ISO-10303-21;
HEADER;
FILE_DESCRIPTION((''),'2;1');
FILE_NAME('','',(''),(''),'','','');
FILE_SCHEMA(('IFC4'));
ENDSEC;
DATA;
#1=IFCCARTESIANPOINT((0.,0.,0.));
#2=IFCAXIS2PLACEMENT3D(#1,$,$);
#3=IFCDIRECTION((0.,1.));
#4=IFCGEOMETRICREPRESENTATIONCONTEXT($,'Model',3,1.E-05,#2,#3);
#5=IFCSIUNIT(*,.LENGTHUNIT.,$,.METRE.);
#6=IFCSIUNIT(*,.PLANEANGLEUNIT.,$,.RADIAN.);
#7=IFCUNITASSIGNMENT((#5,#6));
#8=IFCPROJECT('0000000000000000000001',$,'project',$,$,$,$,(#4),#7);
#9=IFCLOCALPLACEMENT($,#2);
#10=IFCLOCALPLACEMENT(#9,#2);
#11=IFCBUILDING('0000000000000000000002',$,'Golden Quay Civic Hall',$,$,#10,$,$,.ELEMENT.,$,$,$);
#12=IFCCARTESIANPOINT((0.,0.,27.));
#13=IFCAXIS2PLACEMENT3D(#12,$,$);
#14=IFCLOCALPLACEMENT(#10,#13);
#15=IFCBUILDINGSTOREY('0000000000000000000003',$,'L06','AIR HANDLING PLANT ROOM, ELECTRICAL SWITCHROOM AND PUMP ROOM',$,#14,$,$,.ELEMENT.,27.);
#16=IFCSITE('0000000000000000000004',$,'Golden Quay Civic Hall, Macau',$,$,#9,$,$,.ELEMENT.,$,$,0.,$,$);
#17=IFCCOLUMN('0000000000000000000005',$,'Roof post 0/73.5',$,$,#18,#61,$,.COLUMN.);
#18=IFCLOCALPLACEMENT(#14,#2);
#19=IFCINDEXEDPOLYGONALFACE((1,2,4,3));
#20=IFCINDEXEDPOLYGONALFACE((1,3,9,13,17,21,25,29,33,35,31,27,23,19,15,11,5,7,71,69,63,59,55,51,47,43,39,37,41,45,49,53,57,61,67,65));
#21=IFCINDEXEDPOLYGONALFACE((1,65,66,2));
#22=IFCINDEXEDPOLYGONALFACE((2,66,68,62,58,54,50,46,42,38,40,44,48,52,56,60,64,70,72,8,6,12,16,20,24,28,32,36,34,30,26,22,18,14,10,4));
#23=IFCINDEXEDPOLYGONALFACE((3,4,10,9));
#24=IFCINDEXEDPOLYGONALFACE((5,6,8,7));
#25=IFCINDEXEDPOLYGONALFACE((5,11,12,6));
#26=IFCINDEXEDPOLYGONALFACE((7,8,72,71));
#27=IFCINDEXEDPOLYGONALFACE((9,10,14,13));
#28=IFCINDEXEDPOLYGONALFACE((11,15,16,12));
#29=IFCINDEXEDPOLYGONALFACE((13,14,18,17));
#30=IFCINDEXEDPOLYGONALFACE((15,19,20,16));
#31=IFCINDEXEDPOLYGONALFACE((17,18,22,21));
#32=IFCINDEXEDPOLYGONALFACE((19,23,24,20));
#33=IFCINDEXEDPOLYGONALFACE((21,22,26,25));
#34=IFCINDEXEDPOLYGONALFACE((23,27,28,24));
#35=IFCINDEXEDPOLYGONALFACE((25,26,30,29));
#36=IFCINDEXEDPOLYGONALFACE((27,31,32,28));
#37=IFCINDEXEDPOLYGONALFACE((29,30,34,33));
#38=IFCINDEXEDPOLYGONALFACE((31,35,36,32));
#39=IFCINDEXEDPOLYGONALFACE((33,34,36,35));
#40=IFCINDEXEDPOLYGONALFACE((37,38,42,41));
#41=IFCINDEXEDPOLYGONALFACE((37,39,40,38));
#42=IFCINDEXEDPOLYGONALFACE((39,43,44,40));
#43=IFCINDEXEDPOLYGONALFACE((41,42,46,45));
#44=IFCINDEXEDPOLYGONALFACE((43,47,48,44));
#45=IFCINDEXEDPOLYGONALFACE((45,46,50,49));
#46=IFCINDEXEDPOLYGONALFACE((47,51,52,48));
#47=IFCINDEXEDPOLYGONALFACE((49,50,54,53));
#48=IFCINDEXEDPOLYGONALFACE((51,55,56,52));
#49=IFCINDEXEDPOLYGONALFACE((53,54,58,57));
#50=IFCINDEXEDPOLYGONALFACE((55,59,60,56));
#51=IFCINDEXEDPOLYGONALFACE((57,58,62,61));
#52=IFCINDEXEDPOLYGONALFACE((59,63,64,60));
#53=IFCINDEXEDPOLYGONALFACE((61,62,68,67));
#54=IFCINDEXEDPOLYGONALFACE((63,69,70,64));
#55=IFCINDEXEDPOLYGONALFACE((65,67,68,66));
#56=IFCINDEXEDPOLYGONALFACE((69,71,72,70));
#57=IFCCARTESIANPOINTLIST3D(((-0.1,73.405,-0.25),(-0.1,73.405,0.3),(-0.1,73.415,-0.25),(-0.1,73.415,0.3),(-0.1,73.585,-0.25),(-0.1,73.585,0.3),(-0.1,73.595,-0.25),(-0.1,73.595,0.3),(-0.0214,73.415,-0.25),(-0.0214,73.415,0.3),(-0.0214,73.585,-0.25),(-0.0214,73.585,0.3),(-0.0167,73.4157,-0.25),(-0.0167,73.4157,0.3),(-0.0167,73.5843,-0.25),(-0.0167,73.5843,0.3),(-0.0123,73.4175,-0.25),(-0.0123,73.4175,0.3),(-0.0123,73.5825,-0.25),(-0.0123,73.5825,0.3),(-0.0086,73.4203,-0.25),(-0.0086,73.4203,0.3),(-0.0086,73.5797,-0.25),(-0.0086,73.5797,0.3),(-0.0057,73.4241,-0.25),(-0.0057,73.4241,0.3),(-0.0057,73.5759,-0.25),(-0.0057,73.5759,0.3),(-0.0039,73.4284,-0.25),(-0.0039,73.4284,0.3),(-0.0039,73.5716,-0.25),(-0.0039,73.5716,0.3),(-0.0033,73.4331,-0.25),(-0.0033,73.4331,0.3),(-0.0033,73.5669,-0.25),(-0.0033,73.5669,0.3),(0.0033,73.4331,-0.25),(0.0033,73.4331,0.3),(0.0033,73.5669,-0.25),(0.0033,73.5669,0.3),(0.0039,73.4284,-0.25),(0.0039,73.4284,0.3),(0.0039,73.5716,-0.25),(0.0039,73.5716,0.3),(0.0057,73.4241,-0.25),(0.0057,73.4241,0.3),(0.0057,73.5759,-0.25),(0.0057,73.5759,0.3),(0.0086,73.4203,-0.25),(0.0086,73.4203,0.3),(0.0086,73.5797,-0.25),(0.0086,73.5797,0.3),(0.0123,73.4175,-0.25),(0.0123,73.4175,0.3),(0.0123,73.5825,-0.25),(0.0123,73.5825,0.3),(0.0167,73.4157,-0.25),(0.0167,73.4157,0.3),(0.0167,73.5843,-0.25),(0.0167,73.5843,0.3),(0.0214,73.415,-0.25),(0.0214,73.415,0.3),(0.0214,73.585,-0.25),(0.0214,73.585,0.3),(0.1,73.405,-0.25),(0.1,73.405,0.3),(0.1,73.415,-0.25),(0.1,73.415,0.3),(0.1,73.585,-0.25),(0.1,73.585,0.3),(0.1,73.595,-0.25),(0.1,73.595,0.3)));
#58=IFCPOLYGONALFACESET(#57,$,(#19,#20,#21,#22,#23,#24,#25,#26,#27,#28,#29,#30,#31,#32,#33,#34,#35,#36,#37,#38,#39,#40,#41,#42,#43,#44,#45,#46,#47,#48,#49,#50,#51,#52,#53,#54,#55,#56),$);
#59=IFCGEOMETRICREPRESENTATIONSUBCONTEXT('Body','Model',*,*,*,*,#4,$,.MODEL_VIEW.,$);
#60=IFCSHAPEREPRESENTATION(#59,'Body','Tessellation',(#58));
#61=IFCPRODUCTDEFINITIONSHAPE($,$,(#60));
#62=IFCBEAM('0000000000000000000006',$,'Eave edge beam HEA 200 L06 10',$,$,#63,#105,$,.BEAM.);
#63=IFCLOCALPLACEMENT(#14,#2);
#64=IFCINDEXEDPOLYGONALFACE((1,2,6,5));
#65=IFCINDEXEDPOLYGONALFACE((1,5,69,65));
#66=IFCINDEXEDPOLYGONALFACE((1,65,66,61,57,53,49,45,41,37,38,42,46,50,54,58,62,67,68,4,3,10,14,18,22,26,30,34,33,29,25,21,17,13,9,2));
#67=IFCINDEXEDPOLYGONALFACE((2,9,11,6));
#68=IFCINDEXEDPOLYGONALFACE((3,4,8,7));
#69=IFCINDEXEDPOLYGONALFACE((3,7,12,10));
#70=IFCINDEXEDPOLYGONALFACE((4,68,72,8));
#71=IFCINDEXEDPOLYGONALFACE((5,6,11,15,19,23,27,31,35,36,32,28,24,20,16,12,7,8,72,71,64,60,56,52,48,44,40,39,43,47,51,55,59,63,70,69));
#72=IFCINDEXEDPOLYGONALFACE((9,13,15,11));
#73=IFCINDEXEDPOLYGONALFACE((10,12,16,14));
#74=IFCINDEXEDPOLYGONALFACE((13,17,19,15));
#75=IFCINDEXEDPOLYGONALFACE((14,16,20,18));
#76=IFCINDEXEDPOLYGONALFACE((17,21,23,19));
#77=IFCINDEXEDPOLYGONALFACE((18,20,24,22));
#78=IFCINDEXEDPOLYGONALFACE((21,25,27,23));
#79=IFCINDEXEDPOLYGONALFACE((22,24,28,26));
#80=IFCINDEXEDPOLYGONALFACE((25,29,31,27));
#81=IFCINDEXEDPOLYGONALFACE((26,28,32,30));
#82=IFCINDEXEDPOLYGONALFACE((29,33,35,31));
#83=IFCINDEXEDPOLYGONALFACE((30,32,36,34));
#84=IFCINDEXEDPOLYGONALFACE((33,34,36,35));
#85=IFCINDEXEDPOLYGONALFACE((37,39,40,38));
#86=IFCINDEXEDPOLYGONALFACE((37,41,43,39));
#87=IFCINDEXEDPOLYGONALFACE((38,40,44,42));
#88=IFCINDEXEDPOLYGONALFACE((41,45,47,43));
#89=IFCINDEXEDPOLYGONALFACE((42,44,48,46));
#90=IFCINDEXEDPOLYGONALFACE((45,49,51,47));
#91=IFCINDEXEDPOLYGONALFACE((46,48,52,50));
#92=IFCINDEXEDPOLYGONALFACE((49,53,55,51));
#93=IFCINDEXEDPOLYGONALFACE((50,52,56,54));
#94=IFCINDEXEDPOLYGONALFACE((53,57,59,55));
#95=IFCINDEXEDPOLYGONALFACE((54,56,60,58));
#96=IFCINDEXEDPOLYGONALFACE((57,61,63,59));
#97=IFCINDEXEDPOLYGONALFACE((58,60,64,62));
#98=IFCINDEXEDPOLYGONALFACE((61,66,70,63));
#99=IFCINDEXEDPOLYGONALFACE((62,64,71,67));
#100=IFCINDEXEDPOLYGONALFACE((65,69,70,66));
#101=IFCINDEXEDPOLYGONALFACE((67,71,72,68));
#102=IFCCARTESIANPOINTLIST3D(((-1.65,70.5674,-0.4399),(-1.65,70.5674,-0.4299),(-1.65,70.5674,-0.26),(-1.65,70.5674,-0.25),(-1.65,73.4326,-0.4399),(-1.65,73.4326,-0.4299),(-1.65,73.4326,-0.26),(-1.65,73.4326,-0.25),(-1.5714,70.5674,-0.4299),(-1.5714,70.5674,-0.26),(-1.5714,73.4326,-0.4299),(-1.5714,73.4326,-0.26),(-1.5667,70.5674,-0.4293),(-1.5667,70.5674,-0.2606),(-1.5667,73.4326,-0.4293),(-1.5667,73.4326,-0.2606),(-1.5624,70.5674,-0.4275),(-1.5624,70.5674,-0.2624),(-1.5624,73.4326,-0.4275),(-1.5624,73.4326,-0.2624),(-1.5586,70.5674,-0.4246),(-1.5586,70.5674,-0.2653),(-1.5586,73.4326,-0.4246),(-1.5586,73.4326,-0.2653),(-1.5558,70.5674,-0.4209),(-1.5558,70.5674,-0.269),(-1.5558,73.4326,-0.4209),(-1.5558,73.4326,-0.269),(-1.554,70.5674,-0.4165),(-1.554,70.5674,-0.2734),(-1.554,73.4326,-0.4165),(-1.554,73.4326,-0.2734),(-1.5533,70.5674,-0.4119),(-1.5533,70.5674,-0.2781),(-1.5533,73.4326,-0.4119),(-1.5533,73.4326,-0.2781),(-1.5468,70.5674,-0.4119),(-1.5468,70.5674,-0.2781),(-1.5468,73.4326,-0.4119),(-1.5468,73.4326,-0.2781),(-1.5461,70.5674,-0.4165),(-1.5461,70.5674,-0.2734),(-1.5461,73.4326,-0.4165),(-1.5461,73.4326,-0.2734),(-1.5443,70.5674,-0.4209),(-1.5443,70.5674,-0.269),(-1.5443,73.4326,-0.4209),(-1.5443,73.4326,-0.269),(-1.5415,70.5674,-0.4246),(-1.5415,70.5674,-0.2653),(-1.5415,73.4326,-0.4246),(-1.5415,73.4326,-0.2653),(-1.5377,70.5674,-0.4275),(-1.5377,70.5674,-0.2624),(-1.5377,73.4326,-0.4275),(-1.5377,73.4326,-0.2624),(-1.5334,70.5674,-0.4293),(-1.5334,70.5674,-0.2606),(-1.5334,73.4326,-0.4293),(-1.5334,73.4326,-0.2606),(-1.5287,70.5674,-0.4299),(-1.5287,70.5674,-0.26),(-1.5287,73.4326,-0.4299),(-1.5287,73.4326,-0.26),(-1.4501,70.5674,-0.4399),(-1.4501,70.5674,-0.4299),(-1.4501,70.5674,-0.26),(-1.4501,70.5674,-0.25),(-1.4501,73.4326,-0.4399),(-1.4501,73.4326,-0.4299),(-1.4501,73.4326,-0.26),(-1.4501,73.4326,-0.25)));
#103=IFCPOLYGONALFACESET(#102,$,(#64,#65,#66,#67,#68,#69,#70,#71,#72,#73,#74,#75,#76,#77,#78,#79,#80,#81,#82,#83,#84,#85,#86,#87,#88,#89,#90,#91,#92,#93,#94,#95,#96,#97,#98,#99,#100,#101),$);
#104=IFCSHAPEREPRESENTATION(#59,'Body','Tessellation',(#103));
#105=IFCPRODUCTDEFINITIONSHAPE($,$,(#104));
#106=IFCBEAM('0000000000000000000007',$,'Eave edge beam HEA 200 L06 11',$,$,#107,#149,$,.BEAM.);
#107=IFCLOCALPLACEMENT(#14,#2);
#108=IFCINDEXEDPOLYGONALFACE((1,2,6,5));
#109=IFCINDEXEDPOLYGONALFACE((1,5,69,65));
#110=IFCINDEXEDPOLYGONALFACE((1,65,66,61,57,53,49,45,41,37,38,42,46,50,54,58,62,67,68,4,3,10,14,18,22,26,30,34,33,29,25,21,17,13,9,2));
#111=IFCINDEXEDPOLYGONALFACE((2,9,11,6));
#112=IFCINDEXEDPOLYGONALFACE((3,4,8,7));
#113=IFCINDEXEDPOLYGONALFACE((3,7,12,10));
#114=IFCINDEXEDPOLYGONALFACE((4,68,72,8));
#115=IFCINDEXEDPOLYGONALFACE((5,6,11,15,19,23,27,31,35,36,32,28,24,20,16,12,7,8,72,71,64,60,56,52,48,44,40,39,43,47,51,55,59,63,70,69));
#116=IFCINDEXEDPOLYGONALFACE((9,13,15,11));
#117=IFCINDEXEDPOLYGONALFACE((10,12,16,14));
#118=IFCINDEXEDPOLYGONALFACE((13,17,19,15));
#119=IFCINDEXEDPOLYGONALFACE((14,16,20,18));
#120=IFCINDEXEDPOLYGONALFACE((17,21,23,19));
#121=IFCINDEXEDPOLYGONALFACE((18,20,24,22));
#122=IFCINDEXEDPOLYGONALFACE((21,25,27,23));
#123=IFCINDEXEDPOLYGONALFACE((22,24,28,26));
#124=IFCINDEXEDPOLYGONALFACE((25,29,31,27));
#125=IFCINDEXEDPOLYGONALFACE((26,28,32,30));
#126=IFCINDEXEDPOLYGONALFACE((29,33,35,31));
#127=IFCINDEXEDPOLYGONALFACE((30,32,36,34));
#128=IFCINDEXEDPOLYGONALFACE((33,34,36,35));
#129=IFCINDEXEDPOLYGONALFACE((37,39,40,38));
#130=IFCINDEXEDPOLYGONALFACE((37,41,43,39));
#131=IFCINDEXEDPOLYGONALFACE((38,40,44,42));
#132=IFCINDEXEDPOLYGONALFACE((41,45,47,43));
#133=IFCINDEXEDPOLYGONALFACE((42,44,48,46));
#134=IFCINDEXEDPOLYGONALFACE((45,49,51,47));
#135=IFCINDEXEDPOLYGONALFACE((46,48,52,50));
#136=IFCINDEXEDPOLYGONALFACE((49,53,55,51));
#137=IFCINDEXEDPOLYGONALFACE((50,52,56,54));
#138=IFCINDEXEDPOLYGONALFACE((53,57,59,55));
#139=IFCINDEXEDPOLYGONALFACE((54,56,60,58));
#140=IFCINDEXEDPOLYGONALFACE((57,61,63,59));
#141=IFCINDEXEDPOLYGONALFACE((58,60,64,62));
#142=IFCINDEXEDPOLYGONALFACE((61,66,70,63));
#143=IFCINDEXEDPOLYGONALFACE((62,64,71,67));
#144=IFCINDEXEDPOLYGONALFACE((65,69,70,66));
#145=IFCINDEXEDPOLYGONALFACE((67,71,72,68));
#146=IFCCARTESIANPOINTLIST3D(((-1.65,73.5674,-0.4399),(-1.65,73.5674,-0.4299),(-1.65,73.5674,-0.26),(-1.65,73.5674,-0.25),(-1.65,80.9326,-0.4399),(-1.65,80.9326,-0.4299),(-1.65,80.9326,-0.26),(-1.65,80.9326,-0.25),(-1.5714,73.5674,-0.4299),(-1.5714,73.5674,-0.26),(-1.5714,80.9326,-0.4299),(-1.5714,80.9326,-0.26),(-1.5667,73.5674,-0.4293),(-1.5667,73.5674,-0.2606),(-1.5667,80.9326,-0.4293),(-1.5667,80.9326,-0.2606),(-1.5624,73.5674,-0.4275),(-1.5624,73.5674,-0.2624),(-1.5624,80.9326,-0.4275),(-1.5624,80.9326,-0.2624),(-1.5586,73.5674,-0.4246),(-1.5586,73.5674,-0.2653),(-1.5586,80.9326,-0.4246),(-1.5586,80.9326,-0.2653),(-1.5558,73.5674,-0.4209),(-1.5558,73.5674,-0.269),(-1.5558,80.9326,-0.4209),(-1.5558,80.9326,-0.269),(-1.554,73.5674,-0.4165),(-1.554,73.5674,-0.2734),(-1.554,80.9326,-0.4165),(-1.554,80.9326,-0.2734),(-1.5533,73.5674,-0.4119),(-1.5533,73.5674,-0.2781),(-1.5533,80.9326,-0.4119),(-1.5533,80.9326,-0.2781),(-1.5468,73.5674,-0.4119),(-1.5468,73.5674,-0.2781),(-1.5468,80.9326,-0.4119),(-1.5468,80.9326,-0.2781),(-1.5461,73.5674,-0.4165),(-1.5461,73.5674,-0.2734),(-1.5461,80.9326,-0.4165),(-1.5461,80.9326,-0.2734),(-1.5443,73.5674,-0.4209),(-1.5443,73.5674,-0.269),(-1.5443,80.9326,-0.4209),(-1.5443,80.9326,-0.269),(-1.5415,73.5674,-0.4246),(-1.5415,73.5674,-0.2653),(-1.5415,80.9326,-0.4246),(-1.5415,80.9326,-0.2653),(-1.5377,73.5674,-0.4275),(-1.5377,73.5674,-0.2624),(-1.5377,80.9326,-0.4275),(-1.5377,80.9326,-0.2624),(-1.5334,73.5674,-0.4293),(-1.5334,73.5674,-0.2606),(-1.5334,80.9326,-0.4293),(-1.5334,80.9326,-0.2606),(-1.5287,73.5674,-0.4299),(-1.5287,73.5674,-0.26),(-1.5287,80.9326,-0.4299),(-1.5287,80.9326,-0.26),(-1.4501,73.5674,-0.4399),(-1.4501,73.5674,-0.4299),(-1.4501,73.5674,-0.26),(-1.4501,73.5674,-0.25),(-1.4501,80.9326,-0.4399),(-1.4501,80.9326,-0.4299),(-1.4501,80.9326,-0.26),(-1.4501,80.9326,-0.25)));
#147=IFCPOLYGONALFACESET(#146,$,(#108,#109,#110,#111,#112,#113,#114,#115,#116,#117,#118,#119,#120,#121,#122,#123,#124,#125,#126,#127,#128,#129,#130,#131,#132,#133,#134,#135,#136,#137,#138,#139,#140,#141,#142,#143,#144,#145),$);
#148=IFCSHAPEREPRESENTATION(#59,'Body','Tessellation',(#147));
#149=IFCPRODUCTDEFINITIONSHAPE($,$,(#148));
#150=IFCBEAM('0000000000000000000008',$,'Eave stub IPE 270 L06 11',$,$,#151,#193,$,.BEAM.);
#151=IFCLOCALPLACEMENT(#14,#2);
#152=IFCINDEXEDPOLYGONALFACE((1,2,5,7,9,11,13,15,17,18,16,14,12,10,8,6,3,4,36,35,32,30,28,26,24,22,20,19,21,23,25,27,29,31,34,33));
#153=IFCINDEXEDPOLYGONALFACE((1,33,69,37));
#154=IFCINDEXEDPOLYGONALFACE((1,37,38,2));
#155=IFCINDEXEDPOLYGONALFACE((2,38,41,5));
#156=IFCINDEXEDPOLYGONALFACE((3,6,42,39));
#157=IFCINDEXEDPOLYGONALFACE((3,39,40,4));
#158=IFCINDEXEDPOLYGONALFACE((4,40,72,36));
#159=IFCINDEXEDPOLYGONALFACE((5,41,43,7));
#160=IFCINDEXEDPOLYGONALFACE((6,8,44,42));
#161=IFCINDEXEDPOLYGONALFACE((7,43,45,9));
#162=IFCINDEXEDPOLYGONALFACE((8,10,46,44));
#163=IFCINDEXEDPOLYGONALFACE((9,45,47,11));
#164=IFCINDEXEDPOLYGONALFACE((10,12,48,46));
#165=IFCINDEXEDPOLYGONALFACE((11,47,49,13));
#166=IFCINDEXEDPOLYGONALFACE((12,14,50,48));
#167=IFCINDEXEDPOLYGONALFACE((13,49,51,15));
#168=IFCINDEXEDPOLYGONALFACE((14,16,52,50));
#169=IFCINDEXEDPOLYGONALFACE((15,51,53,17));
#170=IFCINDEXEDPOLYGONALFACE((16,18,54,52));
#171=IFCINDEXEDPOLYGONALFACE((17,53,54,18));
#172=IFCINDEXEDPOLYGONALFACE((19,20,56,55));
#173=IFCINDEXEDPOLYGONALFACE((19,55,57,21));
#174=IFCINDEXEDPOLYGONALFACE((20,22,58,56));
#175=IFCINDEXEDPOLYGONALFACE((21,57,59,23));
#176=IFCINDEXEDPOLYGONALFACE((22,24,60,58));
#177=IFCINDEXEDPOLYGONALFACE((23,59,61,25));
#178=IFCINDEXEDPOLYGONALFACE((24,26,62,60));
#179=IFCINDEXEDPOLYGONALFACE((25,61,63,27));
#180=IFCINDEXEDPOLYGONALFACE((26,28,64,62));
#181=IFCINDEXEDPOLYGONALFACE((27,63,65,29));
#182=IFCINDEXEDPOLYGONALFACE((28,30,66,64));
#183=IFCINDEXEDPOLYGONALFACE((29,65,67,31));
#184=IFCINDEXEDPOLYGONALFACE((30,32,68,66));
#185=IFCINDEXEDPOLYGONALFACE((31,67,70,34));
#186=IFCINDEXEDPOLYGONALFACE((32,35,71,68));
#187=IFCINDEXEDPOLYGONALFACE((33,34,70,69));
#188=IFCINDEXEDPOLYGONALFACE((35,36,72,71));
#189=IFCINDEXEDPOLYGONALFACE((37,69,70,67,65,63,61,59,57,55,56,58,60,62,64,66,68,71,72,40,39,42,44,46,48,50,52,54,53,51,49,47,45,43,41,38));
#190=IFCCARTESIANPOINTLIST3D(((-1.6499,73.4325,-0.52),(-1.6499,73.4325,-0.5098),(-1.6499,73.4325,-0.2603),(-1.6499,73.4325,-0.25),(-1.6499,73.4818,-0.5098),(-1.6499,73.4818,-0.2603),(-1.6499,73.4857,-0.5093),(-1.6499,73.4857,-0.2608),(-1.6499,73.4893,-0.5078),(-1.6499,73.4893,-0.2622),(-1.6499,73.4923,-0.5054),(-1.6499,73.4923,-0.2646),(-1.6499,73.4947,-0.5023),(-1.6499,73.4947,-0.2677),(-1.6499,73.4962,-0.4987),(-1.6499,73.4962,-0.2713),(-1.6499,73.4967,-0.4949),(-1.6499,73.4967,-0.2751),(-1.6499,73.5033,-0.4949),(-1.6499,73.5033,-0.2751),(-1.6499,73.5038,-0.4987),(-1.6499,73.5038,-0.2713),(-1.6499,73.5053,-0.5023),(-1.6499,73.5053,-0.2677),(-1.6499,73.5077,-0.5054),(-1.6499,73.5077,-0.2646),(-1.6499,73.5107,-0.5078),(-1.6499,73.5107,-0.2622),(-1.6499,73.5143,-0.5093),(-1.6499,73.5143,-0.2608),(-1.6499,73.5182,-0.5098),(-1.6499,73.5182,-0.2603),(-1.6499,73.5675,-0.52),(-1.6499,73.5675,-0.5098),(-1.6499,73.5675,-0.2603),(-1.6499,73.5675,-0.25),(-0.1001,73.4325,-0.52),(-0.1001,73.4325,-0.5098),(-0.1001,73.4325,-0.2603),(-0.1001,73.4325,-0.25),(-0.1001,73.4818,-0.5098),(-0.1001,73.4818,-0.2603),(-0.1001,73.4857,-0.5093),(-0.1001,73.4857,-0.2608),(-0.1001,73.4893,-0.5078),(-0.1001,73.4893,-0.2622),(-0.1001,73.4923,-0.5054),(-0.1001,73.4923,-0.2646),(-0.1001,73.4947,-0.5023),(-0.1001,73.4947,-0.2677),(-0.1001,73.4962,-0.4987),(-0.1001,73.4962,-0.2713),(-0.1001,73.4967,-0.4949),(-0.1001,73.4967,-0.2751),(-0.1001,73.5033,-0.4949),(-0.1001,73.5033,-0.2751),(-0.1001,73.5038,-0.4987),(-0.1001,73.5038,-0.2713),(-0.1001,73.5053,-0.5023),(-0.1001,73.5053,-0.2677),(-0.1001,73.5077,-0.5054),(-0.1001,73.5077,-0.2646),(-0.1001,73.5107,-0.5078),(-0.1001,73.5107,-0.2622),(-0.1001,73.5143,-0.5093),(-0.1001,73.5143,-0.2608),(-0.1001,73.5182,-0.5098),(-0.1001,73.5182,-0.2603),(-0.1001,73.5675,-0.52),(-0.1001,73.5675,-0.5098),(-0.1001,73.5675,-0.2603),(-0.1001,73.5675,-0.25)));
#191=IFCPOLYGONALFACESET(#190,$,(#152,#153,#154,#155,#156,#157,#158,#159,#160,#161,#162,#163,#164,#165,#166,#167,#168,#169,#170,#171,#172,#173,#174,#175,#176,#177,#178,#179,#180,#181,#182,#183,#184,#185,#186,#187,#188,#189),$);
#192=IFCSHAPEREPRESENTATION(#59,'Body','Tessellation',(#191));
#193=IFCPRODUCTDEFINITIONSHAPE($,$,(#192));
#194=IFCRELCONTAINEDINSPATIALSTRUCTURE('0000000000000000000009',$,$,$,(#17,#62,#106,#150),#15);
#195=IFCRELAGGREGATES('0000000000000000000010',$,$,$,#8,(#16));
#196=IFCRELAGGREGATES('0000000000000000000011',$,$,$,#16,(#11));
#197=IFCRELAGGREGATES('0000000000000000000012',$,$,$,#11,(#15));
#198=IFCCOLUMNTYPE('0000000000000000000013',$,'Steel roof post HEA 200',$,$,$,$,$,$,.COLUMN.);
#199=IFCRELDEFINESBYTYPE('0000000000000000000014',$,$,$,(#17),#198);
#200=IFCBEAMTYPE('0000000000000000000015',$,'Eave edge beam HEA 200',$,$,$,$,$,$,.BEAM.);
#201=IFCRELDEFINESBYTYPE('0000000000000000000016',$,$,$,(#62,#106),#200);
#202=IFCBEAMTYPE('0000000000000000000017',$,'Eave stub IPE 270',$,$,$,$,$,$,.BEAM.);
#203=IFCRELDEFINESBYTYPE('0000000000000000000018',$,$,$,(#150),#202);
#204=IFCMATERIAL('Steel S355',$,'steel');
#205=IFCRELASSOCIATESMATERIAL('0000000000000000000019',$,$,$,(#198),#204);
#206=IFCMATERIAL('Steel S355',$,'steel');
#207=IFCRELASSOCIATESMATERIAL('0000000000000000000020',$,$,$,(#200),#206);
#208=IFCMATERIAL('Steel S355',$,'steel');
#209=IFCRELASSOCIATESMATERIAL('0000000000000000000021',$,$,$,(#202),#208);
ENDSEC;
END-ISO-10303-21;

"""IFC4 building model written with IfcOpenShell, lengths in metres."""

from ifc_helpers import new_model, si_unit, direction, frame, origin, origin_2d, place, context, subcontext, project, spatial, i_section, extrude, material, material_profile, profile_set, type_object, element, save


model = new_model("IFC4")

# Units and contexts
model_context = context("Model", 3, precision=1e-05, world=origin(), true_north=direction((0.0, 1.0)))
body_context = subcontext(model_context, "Body", "Model", "MODEL_VIEW")
ifc_project = project(units=[si_unit("LENGTHUNIT", "METRE"), si_unit("PLANEANGLEUNIT", "RADIAN")], contexts=[model_context])

# Site, building, storey
site_placement = place(None, origin())
site = spatial("IfcSite", under=ifc_project, at=site_placement, Name="Golden Quay Civic Hall, Macau", CompositionType="ELEMENT", RefElevation=0.0)
building_placement = place(site_placement, origin())
building = spatial("IfcBuilding", under=site, at=building_placement, Name="Golden Quay Civic Hall", CompositionType="ELEMENT")
storey_placement = place(building_placement, frame((0.0, 0.0, 27.0)))
storey = spatial("IfcBuildingStorey", under=building, at=storey_placement, Name="L06", Description="AIR HANDLING PLANT ROOM, ELECTRICAL SWITCHROOM AND PUMP ROOM", CompositionType="ELEMENT", Elevation=27.0)

# Column
ifc_material_1 = material(Name="Steel S355", Category="steel")
ifc_material_profile_1 = material_profile(ifc_material_1, i_section(OverallWidth=0.2, OverallDepth=0.1899, WebThickness=0.0066, FlangeThickness=0.01, FilletRadius=0.0181, at=origin_2d()), Name="HEA 200")
ifc_profile_set_1 = profile_set([ifc_material_profile_1], Name="Steel S355")
column_type = type_object("IfcColumnType", Name="Steel roof post HEA 200", PredefinedType="COLUMN", material=ifc_profile_set_1)
column_placement = place(storey_placement, frame((0.0, 73.5, -0.25), z_axis=(0.0, 0.0, 1.0), x_axis=(1.0, 0.0, 0.0)))
element("IfcColumn", 1, at=column_placement, inside=storey, type_object=column_type, Name="Roof post 0/73.5", PredefinedType="COLUMN", context=body_context, shape_type="SweptSolid", body=[
    extrude(i_section(OverallWidth=0.2, OverallDepth=0.1899, WebThickness=0.0066, FlangeThickness=0.01, FilletRadius=0.0181, at=origin_2d()), origin(), (0.0, 0.0, 1.0), 0.55),
])

# Beams
ifc_material_2 = material(Name="Steel S355", Category="steel")
ifc_material_profile_2 = material_profile(ifc_material_2, i_section(OverallWidth=0.2, OverallDepth=0.1899, WebThickness=0.0066, FlangeThickness=0.01, FilletRadius=0.0181, at=origin_2d()), Name="HEA 200")
ifc_profile_set_2 = profile_set([ifc_material_profile_2], Name="Steel S355")
beam_type_1 = type_object("IfcBeamType", Name="Eave edge beam HEA 200", PredefinedType="BEAM", material=ifc_profile_set_2)
beam_1_placement = place(storey_placement, frame((-1.55, 70.5674, -0.345), z_axis=(0.0, 1.0, 0.0), x_axis=(-1.0, 0.0, 0.0)))
element("IfcBeam", 2, at=beam_1_placement, inside=storey, type_object=beam_type_1, Name="Eave edge beam HEA 200 L06 10", PredefinedType="BEAM", context=body_context, shape_type="SweptSolid", body=[
    extrude(i_section(OverallWidth=0.2, OverallDepth=0.1899, WebThickness=0.0066, FlangeThickness=0.01, FilletRadius=0.0181, at=origin_2d()), origin(), (0.0, 0.0, 1.0), 2.8652),
])
beam_2_placement = place(storey_placement, frame((-1.55, 73.5674, -0.345), z_axis=(0.0, 1.0, 0.0), x_axis=(-1.0, 0.0, 0.0)))
element("IfcBeam", 3, at=beam_2_placement, inside=storey, type_object=beam_type_1, Name="Eave edge beam HEA 200 L06 11", PredefinedType="BEAM", context=body_context, shape_type="SweptSolid", body=[
    extrude(i_section(OverallWidth=0.2, OverallDepth=0.1899, WebThickness=0.0066, FlangeThickness=0.01, FilletRadius=0.0181, at=origin_2d()), origin(), (0.0, 0.0, 1.0), 7.3652),
])
ifc_material_3 = material(Name="Steel S355", Category="steel")
ifc_material_profile_3 = material_profile(ifc_material_3, i_section(OverallWidth=0.135, OverallDepth=0.27, WebThickness=0.0066, FlangeThickness=0.0103, FilletRadius=0.0149, at=origin_2d()), Name="IPE 270")
ifc_profile_set_3 = profile_set([ifc_material_profile_3], Name="Steel S355")
beam_type_2 = type_object("IfcBeamType", Name="Eave stub IPE 270", PredefinedType="BEAM", material=ifc_profile_set_3)
beam_3_placement = place(storey_placement, frame((-0.1001, 73.5, -0.385), z_axis=(-1.0, 0.0, 0.0), x_axis=(0.0, -1.0, 0.0)))
element("IfcBeam", 4, at=beam_3_placement, inside=storey, type_object=beam_type_2, Name="Eave stub IPE 270 L06 11", PredefinedType="BEAM", context=body_context, shape_type="SweptSolid", body=[
    extrude(i_section(OverallWidth=0.135, OverallDepth=0.27, WebThickness=0.0066, FlangeThickness=0.0103, FilletRadius=0.0149, at=origin_2d()), origin(), (0.0, 0.0, 1.0), 1.5498),
])

save(model, "model.ifc")
